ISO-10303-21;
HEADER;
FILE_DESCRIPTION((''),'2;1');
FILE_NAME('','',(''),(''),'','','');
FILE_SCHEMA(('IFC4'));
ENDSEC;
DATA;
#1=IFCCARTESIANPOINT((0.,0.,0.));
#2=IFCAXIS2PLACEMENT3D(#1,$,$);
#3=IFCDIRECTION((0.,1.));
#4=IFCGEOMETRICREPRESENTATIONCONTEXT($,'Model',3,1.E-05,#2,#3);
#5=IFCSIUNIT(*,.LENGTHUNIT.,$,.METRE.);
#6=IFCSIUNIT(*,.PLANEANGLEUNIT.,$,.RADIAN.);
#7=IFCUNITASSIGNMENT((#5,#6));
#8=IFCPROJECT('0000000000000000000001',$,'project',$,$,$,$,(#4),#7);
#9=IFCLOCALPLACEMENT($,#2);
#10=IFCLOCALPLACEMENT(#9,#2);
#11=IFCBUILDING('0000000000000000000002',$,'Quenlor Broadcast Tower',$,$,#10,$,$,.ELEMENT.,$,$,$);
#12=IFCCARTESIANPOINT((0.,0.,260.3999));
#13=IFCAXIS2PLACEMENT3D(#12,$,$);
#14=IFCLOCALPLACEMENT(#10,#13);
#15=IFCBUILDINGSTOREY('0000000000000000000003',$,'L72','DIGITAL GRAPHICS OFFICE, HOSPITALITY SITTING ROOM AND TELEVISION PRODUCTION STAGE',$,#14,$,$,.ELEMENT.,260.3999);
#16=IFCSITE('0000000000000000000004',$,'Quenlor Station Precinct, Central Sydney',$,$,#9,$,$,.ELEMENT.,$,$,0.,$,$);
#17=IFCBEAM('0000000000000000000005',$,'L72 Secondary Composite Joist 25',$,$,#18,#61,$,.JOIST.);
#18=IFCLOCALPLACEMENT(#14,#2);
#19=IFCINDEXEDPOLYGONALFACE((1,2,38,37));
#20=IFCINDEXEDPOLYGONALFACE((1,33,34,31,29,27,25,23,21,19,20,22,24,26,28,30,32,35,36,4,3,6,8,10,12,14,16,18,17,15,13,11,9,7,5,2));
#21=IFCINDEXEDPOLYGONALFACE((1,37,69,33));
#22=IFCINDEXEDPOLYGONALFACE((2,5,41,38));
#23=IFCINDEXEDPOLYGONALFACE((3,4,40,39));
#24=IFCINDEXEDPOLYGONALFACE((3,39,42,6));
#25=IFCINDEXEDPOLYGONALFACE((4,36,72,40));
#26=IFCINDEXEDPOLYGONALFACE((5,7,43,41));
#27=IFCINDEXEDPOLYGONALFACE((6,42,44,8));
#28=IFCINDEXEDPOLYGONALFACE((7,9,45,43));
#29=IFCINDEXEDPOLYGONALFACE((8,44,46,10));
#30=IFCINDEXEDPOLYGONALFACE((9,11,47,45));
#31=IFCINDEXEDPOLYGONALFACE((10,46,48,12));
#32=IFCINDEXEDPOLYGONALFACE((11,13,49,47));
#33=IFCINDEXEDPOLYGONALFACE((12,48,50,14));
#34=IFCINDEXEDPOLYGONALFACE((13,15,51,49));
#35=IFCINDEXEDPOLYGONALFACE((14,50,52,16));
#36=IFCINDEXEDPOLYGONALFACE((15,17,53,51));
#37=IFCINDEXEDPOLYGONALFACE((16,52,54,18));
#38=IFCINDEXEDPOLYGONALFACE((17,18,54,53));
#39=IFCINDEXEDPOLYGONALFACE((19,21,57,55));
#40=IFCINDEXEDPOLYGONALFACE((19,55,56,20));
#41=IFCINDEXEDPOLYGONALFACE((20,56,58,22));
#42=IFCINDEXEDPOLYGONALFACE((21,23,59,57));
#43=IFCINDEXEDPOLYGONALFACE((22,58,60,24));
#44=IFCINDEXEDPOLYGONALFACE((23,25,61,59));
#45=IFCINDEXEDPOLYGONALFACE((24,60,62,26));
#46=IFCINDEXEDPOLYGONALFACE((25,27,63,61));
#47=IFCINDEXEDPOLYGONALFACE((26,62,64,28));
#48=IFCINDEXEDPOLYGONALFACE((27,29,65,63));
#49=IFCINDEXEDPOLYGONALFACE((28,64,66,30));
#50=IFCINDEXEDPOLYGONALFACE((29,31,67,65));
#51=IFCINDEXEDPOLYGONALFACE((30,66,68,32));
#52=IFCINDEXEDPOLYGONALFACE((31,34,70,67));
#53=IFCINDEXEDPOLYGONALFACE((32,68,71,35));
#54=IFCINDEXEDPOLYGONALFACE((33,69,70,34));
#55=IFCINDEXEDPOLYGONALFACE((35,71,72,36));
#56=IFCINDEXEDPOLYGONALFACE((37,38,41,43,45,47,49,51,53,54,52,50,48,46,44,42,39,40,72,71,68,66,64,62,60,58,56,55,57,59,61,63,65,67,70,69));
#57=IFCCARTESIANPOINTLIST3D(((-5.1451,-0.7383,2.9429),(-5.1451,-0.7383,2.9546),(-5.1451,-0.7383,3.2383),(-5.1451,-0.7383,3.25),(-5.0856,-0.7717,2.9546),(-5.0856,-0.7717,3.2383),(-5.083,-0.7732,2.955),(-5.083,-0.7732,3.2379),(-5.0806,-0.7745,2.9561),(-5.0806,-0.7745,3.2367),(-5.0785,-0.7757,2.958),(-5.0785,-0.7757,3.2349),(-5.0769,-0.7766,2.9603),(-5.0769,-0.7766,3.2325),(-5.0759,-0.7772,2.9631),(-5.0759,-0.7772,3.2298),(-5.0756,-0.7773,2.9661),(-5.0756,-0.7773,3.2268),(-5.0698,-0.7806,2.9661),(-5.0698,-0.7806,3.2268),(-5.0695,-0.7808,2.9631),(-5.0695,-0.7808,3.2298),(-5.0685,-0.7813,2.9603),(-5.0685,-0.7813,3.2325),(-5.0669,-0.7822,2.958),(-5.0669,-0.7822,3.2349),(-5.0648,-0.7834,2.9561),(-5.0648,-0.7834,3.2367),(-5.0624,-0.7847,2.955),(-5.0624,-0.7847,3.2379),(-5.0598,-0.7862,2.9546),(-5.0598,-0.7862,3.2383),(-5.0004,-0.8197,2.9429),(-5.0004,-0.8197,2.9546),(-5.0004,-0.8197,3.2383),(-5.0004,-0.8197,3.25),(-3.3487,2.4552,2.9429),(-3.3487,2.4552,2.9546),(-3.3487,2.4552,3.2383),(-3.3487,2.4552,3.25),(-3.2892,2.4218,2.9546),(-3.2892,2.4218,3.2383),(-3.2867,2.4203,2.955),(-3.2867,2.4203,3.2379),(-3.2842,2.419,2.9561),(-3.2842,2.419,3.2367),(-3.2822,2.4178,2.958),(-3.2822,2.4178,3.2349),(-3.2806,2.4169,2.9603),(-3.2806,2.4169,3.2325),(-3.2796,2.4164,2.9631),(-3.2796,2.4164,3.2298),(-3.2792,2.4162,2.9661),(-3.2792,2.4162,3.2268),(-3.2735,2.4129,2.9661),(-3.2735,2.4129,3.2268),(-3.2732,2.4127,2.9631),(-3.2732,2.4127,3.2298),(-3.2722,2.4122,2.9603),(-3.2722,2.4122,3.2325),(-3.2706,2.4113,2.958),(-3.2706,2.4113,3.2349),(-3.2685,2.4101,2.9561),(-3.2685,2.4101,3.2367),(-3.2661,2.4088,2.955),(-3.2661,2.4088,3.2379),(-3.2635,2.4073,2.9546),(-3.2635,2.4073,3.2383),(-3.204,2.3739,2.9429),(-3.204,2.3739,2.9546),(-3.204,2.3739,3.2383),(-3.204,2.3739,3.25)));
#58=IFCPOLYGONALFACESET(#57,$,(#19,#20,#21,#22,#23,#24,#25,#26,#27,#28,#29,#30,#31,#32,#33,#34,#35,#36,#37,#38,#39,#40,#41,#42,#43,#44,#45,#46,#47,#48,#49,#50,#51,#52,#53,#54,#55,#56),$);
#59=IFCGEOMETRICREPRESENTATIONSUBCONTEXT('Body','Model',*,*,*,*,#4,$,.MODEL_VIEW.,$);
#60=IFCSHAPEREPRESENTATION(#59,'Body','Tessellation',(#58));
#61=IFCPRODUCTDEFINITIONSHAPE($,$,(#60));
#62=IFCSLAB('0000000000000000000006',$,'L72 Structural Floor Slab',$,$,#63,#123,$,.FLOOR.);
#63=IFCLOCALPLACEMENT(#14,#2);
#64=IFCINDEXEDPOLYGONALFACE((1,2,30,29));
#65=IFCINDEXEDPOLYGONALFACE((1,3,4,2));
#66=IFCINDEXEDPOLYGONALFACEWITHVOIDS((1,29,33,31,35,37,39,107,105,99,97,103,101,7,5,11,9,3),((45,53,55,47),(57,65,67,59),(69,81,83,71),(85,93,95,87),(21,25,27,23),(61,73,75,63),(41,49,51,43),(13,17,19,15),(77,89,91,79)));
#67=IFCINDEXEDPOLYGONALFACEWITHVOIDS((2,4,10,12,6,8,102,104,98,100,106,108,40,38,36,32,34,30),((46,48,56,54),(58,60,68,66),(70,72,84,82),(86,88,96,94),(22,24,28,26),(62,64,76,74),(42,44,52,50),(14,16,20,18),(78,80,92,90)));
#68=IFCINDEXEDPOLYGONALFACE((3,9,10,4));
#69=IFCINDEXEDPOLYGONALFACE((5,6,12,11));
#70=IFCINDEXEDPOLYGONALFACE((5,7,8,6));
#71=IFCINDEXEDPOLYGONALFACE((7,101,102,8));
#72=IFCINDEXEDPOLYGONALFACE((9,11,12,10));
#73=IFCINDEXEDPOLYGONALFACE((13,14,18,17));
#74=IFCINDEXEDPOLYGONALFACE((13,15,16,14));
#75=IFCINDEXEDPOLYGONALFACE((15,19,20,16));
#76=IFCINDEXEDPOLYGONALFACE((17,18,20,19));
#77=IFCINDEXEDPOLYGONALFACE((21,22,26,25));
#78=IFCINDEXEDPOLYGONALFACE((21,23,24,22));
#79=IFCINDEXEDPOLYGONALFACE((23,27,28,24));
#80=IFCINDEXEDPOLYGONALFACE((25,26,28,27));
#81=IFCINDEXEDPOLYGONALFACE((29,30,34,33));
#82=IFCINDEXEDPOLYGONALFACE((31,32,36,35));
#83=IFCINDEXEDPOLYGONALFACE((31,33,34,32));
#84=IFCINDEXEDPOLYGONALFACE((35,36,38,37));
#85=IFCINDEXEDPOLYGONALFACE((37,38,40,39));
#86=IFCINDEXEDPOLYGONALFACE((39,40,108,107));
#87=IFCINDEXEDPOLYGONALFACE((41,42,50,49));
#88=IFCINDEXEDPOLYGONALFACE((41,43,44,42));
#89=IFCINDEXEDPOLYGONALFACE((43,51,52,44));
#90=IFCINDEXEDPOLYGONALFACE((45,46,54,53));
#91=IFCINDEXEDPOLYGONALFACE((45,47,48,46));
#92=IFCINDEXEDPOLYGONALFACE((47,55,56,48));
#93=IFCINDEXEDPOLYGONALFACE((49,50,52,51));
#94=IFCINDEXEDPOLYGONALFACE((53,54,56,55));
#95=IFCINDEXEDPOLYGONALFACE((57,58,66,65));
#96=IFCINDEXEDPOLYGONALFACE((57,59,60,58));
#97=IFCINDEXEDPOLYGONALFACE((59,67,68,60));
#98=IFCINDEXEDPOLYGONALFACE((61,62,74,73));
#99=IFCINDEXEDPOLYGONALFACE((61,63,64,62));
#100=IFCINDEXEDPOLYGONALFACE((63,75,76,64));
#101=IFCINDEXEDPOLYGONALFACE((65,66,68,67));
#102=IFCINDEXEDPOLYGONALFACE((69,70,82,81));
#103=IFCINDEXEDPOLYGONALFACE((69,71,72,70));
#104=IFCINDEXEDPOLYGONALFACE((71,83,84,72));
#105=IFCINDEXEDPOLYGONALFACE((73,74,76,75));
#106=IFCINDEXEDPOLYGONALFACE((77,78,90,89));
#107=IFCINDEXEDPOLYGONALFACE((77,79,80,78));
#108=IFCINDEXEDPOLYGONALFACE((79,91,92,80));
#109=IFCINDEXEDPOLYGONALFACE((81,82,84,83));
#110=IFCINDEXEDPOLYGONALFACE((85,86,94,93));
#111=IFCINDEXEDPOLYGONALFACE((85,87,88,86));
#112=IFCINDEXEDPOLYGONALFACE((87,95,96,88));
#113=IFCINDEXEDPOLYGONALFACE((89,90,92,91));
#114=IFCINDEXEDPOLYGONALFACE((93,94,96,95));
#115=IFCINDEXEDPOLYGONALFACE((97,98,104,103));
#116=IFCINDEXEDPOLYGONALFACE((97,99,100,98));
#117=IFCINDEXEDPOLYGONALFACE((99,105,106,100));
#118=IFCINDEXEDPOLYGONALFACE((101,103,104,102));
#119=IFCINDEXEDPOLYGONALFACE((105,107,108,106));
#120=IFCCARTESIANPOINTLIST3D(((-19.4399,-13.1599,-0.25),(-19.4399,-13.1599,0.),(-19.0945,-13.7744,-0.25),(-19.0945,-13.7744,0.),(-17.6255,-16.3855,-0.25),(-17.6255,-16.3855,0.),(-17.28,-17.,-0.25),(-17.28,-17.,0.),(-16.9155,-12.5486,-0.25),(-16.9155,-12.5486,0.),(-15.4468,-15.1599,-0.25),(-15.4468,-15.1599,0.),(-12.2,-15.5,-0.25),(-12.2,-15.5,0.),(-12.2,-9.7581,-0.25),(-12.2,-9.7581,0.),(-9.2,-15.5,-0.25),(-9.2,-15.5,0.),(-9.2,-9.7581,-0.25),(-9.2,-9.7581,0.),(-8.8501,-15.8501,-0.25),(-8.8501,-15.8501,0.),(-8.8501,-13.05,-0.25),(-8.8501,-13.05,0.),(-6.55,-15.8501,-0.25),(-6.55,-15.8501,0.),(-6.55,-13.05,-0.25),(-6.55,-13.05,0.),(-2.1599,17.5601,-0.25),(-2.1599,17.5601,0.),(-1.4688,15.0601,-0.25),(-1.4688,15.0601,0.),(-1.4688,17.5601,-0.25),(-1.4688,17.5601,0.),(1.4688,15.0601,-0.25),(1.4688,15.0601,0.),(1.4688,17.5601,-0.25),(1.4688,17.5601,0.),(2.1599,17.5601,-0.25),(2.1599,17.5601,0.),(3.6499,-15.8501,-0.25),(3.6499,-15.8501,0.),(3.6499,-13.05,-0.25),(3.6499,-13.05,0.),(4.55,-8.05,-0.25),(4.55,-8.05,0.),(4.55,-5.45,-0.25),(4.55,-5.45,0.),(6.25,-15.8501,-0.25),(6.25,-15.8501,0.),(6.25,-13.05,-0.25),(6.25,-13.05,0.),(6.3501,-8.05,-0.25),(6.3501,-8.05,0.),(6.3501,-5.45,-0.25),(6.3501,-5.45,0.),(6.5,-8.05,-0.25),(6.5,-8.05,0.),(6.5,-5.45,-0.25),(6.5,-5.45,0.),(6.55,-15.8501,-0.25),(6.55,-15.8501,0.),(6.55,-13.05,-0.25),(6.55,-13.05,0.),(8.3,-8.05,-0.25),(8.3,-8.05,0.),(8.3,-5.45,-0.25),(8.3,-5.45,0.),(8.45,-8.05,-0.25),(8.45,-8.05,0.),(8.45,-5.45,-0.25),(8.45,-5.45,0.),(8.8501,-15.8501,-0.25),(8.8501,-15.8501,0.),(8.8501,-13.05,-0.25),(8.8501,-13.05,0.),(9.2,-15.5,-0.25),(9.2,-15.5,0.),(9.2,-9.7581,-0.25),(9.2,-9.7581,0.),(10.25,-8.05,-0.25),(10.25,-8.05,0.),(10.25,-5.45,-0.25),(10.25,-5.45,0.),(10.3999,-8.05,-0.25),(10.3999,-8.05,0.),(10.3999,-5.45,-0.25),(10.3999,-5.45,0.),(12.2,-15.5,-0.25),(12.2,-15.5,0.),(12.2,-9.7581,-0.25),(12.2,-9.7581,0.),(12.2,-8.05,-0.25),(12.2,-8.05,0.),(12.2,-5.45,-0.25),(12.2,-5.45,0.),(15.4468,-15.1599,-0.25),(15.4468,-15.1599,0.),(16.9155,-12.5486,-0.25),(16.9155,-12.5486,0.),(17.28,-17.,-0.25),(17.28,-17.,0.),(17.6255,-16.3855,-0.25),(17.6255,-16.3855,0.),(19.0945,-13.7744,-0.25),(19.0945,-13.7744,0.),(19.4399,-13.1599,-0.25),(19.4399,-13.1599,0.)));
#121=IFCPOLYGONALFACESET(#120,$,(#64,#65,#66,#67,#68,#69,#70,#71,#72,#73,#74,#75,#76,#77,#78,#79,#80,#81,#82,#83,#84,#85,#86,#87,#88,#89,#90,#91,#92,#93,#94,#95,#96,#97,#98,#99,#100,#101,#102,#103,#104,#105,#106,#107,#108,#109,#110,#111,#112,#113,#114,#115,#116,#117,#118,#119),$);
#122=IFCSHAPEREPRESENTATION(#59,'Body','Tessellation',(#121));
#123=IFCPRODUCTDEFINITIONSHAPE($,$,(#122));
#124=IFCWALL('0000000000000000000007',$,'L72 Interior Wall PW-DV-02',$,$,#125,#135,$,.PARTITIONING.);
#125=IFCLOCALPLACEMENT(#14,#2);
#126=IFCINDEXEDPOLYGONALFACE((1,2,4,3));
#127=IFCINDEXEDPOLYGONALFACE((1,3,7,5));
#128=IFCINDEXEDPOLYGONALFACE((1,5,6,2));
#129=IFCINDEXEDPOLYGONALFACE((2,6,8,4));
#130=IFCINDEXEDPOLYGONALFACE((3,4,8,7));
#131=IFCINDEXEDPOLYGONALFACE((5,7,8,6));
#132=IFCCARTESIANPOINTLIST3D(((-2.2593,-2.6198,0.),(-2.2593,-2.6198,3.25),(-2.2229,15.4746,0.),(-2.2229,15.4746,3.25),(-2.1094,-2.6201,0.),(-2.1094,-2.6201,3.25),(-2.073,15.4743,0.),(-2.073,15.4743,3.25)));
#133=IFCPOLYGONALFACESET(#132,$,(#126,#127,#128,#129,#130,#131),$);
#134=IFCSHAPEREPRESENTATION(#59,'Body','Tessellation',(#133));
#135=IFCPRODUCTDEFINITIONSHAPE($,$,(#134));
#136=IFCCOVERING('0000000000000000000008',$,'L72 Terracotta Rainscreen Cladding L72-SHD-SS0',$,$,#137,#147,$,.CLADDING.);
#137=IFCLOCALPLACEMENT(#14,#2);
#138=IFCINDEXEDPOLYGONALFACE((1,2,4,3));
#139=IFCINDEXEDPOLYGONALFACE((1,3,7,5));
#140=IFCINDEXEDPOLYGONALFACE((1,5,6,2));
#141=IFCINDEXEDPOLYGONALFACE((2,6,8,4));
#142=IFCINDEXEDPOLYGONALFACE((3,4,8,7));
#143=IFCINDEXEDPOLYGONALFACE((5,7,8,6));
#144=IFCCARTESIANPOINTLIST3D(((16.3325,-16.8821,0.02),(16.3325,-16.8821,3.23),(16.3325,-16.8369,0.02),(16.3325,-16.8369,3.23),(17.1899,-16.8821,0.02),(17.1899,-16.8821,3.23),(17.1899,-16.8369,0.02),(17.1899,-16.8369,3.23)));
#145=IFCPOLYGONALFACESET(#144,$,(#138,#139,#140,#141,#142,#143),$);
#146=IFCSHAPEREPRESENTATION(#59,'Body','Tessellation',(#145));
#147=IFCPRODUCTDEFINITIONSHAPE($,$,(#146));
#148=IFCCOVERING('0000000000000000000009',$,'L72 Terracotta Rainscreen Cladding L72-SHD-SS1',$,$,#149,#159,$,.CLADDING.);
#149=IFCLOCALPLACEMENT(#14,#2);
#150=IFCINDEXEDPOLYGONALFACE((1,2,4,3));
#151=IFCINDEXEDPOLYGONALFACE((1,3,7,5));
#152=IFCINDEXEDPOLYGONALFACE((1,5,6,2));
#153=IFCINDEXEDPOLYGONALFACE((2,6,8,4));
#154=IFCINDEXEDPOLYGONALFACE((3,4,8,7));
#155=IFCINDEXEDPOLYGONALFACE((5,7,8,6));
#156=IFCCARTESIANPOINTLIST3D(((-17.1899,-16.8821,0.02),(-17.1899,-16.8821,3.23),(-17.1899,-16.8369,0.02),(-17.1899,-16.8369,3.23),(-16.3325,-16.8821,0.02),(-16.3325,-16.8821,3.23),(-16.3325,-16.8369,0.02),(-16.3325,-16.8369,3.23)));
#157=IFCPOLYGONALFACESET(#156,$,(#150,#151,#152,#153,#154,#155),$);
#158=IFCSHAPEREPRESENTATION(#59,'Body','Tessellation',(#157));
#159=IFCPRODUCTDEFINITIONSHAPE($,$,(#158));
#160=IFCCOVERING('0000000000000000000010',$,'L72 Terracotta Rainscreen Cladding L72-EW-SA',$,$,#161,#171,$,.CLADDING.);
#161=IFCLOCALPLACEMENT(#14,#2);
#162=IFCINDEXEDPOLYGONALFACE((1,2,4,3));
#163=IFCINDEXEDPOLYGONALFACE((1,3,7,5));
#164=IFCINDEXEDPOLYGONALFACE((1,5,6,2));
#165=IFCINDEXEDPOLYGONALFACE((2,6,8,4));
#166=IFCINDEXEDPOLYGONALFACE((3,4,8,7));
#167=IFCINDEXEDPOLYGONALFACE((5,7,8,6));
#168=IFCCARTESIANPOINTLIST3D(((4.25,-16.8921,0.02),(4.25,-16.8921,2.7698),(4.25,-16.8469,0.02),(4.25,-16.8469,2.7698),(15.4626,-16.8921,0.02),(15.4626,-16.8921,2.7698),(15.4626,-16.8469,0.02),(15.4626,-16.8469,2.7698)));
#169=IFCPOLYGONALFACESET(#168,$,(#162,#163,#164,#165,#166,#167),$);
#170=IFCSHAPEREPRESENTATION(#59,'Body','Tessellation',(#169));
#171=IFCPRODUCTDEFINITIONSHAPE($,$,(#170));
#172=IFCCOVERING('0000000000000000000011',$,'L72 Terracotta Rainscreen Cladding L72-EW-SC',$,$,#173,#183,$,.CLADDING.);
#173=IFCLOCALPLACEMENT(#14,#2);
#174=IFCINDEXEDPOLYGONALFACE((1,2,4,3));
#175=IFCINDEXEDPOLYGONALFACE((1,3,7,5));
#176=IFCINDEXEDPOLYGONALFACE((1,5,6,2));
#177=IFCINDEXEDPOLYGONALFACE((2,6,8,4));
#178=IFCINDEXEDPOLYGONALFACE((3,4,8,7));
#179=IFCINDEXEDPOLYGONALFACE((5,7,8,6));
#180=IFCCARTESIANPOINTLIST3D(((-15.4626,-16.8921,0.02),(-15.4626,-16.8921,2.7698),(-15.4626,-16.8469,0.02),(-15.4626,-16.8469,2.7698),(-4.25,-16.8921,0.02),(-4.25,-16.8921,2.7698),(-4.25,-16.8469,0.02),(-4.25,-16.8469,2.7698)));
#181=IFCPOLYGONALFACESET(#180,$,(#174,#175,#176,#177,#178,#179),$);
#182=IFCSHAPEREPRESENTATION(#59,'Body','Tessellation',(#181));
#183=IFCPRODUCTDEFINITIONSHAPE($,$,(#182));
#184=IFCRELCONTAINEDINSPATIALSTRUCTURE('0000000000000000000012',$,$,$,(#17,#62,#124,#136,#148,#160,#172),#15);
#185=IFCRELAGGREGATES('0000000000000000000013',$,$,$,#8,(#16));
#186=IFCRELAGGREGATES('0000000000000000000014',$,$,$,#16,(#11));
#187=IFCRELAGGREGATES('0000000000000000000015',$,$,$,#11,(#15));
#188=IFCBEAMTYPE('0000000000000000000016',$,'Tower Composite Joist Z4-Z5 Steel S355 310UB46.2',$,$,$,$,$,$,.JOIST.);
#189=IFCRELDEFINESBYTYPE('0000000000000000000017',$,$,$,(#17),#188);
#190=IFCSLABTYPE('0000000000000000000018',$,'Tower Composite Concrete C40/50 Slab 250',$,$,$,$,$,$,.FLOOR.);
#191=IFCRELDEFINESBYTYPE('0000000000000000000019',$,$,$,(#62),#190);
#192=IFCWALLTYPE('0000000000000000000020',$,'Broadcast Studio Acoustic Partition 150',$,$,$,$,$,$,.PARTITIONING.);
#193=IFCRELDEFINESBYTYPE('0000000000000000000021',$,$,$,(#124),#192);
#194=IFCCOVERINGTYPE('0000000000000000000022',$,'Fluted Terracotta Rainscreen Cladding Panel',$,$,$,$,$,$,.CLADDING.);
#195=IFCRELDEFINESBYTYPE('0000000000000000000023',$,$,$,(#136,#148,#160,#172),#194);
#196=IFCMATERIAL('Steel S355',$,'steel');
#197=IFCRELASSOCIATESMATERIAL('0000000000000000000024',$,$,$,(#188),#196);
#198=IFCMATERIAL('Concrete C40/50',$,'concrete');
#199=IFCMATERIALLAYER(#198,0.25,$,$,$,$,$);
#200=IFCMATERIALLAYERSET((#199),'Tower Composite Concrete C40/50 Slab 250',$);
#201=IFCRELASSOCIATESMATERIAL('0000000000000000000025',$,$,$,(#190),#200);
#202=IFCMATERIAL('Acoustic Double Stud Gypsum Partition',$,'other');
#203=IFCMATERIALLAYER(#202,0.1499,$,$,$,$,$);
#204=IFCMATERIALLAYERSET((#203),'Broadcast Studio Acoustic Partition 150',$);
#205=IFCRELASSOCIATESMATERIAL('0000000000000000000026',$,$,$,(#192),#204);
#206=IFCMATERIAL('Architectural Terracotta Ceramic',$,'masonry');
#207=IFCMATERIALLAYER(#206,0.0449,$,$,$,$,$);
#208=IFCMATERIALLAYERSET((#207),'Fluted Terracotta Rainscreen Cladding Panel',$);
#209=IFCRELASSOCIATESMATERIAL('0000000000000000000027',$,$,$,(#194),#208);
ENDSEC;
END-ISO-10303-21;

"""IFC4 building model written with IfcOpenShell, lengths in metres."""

from ifc_helpers import new_model, si_unit, direction, frame, frame_2d, origin, origin_2d, place, context, subcontext, project, spatial, polyline, rectangle, i_section, outline, extrude, material, layer, layer_set, material_profile, profile_set, type_object, element, save


model = new_model("IFC4")

# Units and contexts
model_context = context("Model", 3, precision=1e-05, world=origin(), true_north=direction((0.0, 1.0)))
body_context = subcontext(model_context, "Body", "Model", "MODEL_VIEW")
ifc_project = project(units=[si_unit("LENGTHUNIT", "METRE"), si_unit("PLANEANGLEUNIT", "RADIAN")], contexts=[model_context])

# Site, building, storey
site_placement = place(None, origin())
site = spatial("IfcSite", under=ifc_project, at=site_placement, Name="Quenlor Station Precinct, Central Sydney", CompositionType="ELEMENT", RefElevation=0.0)
building_placement = place(site_placement, origin())
building = spatial("IfcBuilding", under=site, at=building_placement, Name="Quenlor Broadcast Tower", CompositionType="ELEMENT")
storey_placement = place(building_placement, frame((0.0, 0.0, 260.3999)))
storey = spatial("IfcBuildingStorey", under=building, at=storey_placement, Name="L72", Description="DIGITAL GRAPHICS OFFICE, HOSPITALITY SITTING ROOM AND TELEVISION PRODUCTION STAGE", CompositionType="ELEMENT", Elevation=260.3999)

# Beam
ifc_material_1 = material(Name="Steel S355", Category="steel")
ifc_material_profile = material_profile(ifc_material_1, i_section(OverallWidth=0.166, OverallDepth=0.3071, WebThickness=0.0066, FlangeThickness=0.0117, FilletRadius=0.0115, at=origin_2d()))
ifc_profile_set = profile_set([ifc_material_profile], Name="Steel S355 310UB46.2")
beam_type = type_object("IfcBeamType", Name="Tower Composite Joist Z4-Z5 Steel S355 310UB46.2", PredefinedType="JOIST", material=ifc_profile_set)
beam_placement = place(storey_placement, frame((-3.2764, 2.4146, 3.0964), z_axis=(-0.490258, -0.871577, 0.0), x_axis=(0.871577, -0.490258, 0.0)))
element("IfcBeam", 1, at=beam_placement, inside=storey, type_object=beam_type, Name="L72 Secondary Composite Joist 25", PredefinedType="JOIST", context=body_context, shape_type="SweptSolid", body=[
    extrude(i_section(OverallWidth=0.166, OverallDepth=0.3071, WebThickness=0.0066, FlangeThickness=0.0117, FilletRadius=0.0115, at=origin_2d()), origin(), (0.0, 0.0, 1.0), 3.6641),
])

# Slab
ifc_material_2 = material(Name="Concrete C40/50", Category="concrete")
ifc_layer_1 = layer(ifc_material_2, 0.25)
ifc_layer_set_1 = layer_set([ifc_layer_1], Name="Tower Composite Concrete C40/50 Slab 250")
slab_type = type_object("IfcSlabType", Name="Tower Composite Concrete C40/50 Slab 250", PredefinedType="FLOOR", material=ifc_layer_set_1)
slab_placement = place(storey_placement, frame((0.0, 0.0, -0.25)))
element("IfcSlab", 2, at=slab_placement, inside=storey, type_object=slab_type, Name="L72 Structural Floor Slab", PredefinedType="FLOOR", context=body_context, shape_type="SweptSolid", body=[
    extrude(outline(polyline([(17.28, -17.0), (17.6255, -16.3855), (15.4468, -15.1599), (16.9155, -12.5486), (19.0945, -13.7744), (19.4399, -13.1599), (2.1599, 17.5601), (1.4688, 17.5601), (1.4688, 15.0601), (-1.4688, 15.0601), (-1.4688, 17.5601), (-2.1599, 17.5601), (-19.4399, -13.1599), (-19.0945, -13.7744), (-16.9155, -12.5486), (-15.4468, -15.1599), (-17.6255, -16.3855), (-17.28, -17.0), (17.28, -17.0)]), holes=[polyline([(-12.2, -9.7581), (-12.2, -15.5), (-9.2, -15.5), (-9.2, -9.7581), (-12.2, -9.7581)]), polyline([(9.2, -9.7581), (9.2, -15.5), (12.2, -15.5), (12.2, -9.7581), (9.2, -9.7581)]), polyline([(4.55, -8.05), (6.3501, -8.05), (6.3501, -5.45), (4.55, -5.45), (4.55, -8.05)]), polyline([(6.5, -8.05), (8.3, -8.05), (8.3, -5.45), (6.5, -5.45), (6.5, -8.05)]), polyline([(8.45, -8.05), (10.25, -8.05), (10.25, -5.45), (8.45, -5.45), (8.45, -8.05)]), polyline([(10.3999, -8.05), (12.2, -8.05), (12.2, -5.45), (10.3999, -5.45), (10.3999, -8.05)]), polyline([(-8.8501, -15.8501), (-6.55, -15.8501), (-6.55, -13.05), (-8.8501, -13.05), (-8.8501, -15.8501)]), polyline([(6.55, -15.8501), (8.8501, -15.8501), (8.8501, -13.05), (6.55, -13.05), (6.55, -15.8501)]), polyline([(3.6499, -15.8501), (6.25, -15.8501), (6.25, -13.05), (3.6499, -13.05), (3.6499, -15.8501)])]), origin(), (0.0, 0.0, 1.0), 0.25),
])

# Wall
ifc_material_3 = material(Name="Acoustic Double Stud Gypsum Partition", Category="other")
ifc_layer_2 = layer(ifc_material_3, 0.1499)
ifc_layer_set_2 = layer_set([ifc_layer_2], Name="Broadcast Studio Acoustic Partition 150")
wall_type = type_object("IfcWallType", Name="Broadcast Studio Acoustic Partition 150", PredefinedType="PARTITIONING", material=ifc_layer_set_2)
wall_placement = place(storey_placement, frame((-2.1843, -2.6201, 0.0), z_axis=(0.0, 0.0, 1.0), x_axis=(0.00201, 0.999998, 0.0)))
element("IfcWall", 3, at=wall_placement, inside=storey, type_object=wall_type, Name="L72 Interior Wall PW-DV-02", PredefinedType="PARTITIONING", context=body_context, shape_type="SweptSolid", body=[
    extrude(rectangle(XDim=18.0945, YDim=0.1499, at=frame_2d((9.0474, 0.0))), origin(), (0.0, 0.0, 1.0), 3.25),
])

# Coverings
ifc_material_4 = material(Name="Architectural Terracotta Ceramic", Category="masonry")
ifc_layer_3 = layer(ifc_material_4, 0.0449)
ifc_layer_set_3 = layer_set([ifc_layer_3], Name="Fluted Terracotta Rainscreen Cladding Panel")
covering_type = type_object("IfcCoveringType", Name="Fluted Terracotta Rainscreen Cladding Panel", PredefinedType="CLADDING", material=ifc_layer_set_3)
covering_1_placement = place(storey_placement, frame((0.0, 0.0, 0.02)))
element("IfcCovering", 4, at=covering_1_placement, inside=storey, type_object=covering_type, Name="L72 Terracotta Rainscreen Cladding L72-SHD-SS0", PredefinedType="CLADDING", context=body_context, shape_type="SweptSolid", body=[
    extrude(outline(polyline([(17.1899, -16.8369), (16.3325, -16.8369), (16.3325, -16.8821), (17.1899, -16.8821), (17.1899, -16.8369)])), origin(), (0.0, 0.0, 1.0), 3.21),
])
covering_2_placement = place(storey_placement, frame((0.0, 0.0, 0.02)))
element("IfcCovering", 5, at=covering_2_placement, inside=storey, type_object=covering_type, Name="L72 Terracotta Rainscreen Cladding L72-SHD-SS1", PredefinedType="CLADDING", context=body_context, shape_type="SweptSolid", body=[
    extrude(outline(polyline([(-16.3325, -16.8369), (-17.1899, -16.8369), (-17.1899, -16.8821), (-16.3325, -16.8821), (-16.3325, -16.8369)])), origin(), (0.0, 0.0, 1.0), 3.21),
])
covering_3_placement = place(storey_placement, frame((0.0, 0.0, 0.02)))
element("IfcCovering", 6, at=covering_3_placement, inside=storey, type_object=covering_type, Name="L72 Terracotta Rainscreen Cladding L72-EW-SA", PredefinedType="CLADDING", context=body_context, shape_type="SweptSolid", body=[
    extrude(outline(polyline([(15.4626, -16.8469), (4.25, -16.8469), (4.25, -16.8921), (15.4626, -16.8921), (15.4626, -16.8469)])), origin(), (0.0, 0.0, 1.0), 2.7498),
])
covering_4_placement = place(storey_placement, frame((0.0, 0.0, 0.02)))
element("IfcCovering", 7, at=covering_4_placement, inside=storey, type_object=covering_type, Name="L72 Terracotta Rainscreen Cladding L72-EW-SC", PredefinedType="CLADDING", context=body_context, shape_type="SweptSolid", body=[
    extrude(outline(polyline([(-4.25, -16.8469), (-15.4626, -16.8469), (-15.4626, -16.8921), (-4.25, -16.8921), (-4.25, -16.8469)])), origin(), (0.0, 0.0, 1.0), 2.7498),
])

save(model, "model.ifc")
